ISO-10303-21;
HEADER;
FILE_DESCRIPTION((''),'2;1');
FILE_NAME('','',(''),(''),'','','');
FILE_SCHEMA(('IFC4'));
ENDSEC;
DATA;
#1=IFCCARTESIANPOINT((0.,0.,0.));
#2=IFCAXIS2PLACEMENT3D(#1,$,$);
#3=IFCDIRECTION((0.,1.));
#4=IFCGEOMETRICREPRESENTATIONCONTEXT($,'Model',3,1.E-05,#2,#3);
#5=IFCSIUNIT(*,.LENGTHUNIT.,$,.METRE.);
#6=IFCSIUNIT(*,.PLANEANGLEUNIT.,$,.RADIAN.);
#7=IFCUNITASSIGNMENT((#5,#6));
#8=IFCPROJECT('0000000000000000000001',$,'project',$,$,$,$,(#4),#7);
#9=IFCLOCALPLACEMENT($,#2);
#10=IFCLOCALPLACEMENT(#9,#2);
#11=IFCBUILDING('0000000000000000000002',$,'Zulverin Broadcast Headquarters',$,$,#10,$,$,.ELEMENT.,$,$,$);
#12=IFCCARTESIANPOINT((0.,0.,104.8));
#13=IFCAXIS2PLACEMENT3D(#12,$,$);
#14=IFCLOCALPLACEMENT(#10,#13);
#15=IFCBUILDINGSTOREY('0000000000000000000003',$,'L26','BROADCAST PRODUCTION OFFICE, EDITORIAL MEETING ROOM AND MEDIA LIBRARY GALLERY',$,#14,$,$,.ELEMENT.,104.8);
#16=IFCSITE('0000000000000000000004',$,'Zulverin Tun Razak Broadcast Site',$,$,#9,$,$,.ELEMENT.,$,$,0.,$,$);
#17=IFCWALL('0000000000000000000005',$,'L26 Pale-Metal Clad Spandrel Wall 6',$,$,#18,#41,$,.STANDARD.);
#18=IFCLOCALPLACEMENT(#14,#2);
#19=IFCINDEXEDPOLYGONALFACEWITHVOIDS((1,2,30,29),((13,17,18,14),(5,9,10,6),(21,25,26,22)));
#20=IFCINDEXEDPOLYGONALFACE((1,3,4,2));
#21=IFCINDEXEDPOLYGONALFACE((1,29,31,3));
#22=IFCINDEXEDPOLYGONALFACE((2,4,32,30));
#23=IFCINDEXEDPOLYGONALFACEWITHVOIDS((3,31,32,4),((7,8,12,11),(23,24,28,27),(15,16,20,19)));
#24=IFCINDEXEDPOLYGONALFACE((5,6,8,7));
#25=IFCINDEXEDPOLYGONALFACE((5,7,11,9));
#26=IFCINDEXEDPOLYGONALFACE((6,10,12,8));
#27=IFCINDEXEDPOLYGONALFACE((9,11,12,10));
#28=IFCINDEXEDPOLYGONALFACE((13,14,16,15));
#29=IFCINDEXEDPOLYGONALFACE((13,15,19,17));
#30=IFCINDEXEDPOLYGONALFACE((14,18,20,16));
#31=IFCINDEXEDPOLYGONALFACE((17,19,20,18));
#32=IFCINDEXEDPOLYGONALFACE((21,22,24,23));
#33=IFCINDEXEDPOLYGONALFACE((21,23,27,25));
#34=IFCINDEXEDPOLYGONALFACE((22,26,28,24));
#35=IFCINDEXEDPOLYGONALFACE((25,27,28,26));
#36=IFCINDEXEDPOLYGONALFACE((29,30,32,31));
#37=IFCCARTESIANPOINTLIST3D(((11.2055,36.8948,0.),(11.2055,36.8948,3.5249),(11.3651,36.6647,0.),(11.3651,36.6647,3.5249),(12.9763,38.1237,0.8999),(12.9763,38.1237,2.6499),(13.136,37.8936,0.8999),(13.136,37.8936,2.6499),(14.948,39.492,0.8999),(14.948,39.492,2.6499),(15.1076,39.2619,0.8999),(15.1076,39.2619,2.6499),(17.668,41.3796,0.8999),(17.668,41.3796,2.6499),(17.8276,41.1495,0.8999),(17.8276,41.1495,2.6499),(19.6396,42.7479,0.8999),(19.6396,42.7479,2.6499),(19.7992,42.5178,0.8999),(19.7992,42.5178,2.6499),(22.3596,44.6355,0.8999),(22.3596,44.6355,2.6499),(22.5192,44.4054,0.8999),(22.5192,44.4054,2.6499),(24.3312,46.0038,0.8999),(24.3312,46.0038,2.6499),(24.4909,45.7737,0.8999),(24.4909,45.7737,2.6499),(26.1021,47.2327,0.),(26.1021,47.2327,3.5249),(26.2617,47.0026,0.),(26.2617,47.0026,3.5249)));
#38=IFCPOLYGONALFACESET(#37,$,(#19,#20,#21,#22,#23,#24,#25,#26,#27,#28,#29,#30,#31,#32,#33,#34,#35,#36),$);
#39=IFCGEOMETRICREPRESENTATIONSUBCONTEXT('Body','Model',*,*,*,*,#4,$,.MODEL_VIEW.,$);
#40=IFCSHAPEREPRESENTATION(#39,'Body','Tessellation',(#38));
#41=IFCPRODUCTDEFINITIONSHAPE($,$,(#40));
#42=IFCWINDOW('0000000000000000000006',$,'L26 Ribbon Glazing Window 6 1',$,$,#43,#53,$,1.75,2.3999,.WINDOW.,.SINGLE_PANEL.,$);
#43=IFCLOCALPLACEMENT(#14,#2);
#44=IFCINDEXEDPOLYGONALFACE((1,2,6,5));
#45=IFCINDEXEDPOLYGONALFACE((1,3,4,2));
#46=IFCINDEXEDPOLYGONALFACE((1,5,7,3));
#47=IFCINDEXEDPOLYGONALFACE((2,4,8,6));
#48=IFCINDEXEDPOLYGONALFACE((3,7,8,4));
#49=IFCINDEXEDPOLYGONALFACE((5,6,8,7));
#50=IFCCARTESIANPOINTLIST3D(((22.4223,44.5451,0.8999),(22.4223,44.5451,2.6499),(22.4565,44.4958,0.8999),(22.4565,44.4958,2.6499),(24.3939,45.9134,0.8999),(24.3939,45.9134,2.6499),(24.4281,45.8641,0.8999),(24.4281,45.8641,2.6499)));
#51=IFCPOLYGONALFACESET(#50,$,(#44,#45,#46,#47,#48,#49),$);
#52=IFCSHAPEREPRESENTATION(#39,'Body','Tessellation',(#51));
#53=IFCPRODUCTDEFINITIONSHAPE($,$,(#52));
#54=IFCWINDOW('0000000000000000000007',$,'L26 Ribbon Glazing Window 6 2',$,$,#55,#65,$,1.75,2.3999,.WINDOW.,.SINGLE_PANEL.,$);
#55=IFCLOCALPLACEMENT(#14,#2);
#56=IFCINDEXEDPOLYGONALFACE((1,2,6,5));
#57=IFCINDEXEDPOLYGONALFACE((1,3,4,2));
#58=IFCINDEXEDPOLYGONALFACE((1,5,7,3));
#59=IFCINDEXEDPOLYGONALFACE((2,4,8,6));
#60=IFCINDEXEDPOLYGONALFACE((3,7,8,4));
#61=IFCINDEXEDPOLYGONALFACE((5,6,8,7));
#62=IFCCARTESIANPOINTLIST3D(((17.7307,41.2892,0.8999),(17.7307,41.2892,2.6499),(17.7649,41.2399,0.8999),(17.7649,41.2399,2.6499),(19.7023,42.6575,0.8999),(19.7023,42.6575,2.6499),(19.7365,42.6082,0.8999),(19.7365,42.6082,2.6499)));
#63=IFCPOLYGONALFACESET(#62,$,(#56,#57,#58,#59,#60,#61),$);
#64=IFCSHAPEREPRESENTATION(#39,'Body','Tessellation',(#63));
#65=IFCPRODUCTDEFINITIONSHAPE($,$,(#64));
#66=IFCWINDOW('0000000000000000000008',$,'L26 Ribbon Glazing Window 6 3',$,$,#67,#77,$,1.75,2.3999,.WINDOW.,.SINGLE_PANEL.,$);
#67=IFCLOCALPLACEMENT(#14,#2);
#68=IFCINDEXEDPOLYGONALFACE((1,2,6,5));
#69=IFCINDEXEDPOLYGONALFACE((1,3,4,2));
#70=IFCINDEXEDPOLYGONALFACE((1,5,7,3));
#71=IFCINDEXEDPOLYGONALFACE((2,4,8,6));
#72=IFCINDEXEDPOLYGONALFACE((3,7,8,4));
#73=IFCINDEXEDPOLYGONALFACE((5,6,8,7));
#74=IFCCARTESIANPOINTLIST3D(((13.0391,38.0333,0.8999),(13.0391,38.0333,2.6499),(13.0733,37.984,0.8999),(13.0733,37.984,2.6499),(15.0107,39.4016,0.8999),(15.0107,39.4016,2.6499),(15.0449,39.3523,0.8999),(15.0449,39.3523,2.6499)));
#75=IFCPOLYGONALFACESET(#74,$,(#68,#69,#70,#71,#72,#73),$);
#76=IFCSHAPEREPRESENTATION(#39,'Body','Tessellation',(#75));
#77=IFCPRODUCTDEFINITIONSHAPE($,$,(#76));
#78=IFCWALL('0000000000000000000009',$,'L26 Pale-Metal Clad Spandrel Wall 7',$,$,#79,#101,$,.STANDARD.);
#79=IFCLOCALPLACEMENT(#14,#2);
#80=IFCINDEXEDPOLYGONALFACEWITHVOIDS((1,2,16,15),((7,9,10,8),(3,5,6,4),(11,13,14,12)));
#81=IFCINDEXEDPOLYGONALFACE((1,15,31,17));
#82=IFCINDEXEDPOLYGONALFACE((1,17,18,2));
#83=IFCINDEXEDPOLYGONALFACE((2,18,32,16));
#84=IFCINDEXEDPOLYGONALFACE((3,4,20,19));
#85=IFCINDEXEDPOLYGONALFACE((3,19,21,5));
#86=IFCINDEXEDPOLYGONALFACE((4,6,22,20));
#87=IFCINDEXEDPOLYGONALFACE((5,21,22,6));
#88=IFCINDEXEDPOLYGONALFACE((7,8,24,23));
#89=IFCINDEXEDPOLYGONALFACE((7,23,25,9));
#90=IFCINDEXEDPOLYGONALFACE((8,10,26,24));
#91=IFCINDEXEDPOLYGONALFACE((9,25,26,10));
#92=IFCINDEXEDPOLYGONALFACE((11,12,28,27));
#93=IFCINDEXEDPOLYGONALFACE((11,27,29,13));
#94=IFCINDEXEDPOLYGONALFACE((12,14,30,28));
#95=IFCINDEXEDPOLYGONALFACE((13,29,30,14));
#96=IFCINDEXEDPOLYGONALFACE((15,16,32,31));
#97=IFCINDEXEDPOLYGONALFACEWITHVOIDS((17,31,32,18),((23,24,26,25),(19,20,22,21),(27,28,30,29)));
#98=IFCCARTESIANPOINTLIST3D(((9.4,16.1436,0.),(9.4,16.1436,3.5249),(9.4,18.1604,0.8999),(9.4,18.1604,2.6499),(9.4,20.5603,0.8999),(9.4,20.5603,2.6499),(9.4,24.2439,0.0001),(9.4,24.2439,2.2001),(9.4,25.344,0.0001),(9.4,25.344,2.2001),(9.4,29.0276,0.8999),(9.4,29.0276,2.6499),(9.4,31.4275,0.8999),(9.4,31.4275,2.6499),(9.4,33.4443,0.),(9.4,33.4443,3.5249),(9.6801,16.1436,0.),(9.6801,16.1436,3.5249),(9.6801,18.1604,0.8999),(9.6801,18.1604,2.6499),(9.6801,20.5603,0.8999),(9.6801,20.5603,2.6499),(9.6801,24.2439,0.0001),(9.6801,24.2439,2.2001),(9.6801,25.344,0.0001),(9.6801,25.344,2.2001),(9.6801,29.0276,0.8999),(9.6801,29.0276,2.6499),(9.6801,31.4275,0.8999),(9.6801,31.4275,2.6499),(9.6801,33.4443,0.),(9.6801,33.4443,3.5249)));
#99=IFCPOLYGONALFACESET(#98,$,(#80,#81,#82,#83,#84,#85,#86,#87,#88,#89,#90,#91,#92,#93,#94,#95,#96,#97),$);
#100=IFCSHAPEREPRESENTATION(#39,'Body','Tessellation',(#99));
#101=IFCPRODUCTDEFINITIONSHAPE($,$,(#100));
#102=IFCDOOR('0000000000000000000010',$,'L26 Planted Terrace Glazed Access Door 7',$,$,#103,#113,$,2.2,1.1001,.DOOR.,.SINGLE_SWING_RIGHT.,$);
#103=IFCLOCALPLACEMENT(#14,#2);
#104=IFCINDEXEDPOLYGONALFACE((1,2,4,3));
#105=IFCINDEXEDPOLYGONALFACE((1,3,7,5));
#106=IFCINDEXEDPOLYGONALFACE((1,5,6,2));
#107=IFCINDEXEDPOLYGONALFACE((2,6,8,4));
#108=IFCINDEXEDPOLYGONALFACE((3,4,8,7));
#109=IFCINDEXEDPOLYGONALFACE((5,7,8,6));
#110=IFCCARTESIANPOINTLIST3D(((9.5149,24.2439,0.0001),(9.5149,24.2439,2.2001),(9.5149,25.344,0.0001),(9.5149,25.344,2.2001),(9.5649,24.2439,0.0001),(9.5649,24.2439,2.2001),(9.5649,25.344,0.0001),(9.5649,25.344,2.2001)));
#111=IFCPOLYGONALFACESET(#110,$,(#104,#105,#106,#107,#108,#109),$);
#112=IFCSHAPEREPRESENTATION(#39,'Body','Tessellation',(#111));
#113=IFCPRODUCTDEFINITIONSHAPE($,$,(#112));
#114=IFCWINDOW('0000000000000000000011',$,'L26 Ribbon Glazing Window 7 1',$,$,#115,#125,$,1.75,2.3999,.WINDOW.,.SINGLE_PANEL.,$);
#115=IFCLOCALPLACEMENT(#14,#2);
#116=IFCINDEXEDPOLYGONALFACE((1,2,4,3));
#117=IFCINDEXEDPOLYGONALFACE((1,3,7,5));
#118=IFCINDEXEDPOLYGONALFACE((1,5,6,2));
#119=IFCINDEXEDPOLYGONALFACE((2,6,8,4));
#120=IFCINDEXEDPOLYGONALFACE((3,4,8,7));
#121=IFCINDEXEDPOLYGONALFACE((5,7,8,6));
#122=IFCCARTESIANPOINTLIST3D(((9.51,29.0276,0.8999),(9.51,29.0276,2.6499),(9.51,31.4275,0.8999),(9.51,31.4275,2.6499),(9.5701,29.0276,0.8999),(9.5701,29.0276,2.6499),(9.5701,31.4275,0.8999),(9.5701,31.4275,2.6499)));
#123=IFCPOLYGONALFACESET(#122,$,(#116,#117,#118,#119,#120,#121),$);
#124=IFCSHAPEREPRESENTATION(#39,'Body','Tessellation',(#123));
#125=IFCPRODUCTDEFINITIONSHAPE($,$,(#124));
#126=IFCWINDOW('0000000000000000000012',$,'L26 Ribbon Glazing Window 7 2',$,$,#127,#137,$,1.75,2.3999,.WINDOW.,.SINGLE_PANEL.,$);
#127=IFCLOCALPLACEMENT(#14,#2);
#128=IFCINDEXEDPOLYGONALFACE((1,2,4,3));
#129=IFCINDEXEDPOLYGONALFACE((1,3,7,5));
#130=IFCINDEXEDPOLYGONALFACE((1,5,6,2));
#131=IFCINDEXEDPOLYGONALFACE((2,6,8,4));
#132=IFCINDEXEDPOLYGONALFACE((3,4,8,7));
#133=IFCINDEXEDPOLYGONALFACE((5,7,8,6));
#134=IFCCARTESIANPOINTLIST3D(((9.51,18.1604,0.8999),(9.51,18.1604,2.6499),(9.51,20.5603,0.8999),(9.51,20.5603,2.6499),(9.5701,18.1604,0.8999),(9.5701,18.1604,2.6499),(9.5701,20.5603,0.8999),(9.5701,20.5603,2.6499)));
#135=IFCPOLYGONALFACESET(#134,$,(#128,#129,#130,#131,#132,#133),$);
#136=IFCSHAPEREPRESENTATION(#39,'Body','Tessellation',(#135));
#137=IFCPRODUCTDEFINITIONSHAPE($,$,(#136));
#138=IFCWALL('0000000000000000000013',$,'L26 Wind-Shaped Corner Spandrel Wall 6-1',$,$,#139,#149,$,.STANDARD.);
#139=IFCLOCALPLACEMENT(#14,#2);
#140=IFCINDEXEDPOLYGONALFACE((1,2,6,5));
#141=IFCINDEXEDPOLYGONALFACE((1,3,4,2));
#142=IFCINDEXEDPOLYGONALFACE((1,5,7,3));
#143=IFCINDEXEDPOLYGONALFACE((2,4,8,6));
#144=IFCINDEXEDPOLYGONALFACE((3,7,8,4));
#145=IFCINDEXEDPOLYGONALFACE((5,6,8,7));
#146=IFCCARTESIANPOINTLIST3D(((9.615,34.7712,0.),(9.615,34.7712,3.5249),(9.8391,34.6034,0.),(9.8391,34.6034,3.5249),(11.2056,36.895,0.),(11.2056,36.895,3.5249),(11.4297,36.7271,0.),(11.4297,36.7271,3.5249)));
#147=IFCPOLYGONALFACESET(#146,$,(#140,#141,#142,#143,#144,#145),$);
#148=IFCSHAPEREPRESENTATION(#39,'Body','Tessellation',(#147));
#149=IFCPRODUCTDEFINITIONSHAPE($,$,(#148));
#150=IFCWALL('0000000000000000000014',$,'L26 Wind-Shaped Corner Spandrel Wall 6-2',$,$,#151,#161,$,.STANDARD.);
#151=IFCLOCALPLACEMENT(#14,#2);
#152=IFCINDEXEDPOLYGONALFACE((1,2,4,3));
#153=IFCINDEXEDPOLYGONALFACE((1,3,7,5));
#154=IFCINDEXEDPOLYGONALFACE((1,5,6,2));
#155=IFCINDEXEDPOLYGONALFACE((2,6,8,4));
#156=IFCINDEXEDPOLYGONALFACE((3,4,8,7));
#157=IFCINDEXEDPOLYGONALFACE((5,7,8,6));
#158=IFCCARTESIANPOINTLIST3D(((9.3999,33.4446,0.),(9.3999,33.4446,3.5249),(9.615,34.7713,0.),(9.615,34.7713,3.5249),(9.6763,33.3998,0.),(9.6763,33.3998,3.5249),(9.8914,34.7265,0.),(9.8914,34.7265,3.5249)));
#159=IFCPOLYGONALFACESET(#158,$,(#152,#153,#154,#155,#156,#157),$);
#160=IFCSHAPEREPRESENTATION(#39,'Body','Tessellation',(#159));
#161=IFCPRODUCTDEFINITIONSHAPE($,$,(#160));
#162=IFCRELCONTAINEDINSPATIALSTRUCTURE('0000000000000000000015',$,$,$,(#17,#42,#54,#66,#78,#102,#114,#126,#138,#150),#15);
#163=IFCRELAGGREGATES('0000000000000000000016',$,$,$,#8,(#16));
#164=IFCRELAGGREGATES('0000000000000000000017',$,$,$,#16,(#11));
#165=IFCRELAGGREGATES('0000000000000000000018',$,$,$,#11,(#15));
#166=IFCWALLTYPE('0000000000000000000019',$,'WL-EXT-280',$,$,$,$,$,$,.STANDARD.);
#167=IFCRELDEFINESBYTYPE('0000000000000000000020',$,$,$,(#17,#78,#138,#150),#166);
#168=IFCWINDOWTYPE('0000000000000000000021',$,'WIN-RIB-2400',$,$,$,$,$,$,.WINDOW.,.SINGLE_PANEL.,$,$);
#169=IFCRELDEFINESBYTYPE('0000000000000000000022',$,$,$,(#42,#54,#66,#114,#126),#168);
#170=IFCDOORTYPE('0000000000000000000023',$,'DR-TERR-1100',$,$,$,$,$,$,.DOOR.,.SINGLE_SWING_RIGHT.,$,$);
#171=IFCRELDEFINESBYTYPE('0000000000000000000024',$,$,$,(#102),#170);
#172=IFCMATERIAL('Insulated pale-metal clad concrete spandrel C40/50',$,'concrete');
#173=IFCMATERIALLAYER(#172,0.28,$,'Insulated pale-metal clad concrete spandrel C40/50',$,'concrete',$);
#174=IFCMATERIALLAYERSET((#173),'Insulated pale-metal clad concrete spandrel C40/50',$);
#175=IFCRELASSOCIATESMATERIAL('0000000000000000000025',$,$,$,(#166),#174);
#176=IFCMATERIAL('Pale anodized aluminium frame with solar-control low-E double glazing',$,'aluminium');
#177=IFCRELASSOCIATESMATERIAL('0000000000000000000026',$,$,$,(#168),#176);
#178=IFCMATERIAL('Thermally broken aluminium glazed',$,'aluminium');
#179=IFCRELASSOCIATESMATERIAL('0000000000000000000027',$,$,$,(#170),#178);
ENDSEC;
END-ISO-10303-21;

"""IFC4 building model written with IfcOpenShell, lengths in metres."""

from ifc_helpers import new_model, si_unit, direction, frame, frame_2d, origin, place, context, subcontext, project, spatial, rectangle, extrude, material, layer, layer_set, type_object, element, fill, save


model = new_model("IFC4")

# Units and contexts
model_context = context("Model", 3, precision=1e-05, world=origin(), true_north=direction((0.0, 1.0)))
body_context = subcontext(model_context, "Body", "Model", "MODEL_VIEW")
ifc_project = project(units=[si_unit("LENGTHUNIT", "METRE"), si_unit("PLANEANGLEUNIT", "RADIAN")], contexts=[model_context])

# Site, building, storey
site_placement = place(None, origin())
site = spatial("IfcSite", under=ifc_project, at=site_placement, Name="Zulverin Tun Razak Broadcast Site", CompositionType="ELEMENT", RefElevation=0.0)
building_placement = place(site_placement, origin())
building = spatial("IfcBuilding", under=site, at=building_placement, Name="Zulverin Broadcast Headquarters", CompositionType="ELEMENT")
storey_placement = place(building_placement, frame((0.0, 0.0, 104.8)))
storey = spatial("IfcBuildingStorey", under=building, at=storey_placement, Name="L26", Description="BROADCAST PRODUCTION OFFICE, EDITORIAL MEETING ROOM AND MEDIA LIBRARY GALLERY", CompositionType="ELEMENT", Elevation=104.8)

# Wall, openings, windows
ifc_material_1 = material(Name="Insulated pale-metal clad concrete spandrel C40/50", Category="concrete")
ifc_layer_1 = layer(ifc_material_1, 0.28, Name="Insulated pale-metal clad concrete spandrel C40/50", Category="concrete")
ifc_layer_set_1 = layer_set([ifc_layer_1], Name="Insulated pale-metal clad concrete spandrel C40/50")
wall_type_1 = type_object("IfcWallType", Name="WL-EXT-280", PredefinedType="STANDARD", material=ifc_layer_set_1)
wall_1_placement = place(storey_placement, frame((26.1819, 47.1177, 0.0), z_axis=(0.0, 0.0, 1.0), x_axis=(-0.821548, -0.570139, 0.0)))
wall_1 = element("IfcWall", 1, at=wall_1_placement, inside=storey, type_object=wall_type_1, Name="L26 Pale-Metal Clad Spandrel Wall 6", PredefinedType="STANDARD", context=body_context, shape_type="SweptSolid", body=[
    extrude(rectangle(XDim=18.1323, YDim=0.28, at=frame_2d((9.0662, 0.0))), origin(), (0.0, 0.0, 1.0), 3.5249),
])
opening_1_placement = place(wall_1_placement, frame((2.1555, 0.0, 0.8999)))
opening_1 = element("IfcOpeningElement", 2, at=opening_1_placement, cuts=wall_1, PredefinedType="OPENING", context=body_context, shape_type="SweptSolid", body=[
    extrude(rectangle(XDim=2.3999, YDim=1.75, at=frame_2d((1.2, 0.875))), frame((0.0, 0.1499, 0.0), z_axis=(0.0, -1.0, 0.0), x_axis=(1.0, 0.0, 0.0)), (0.0, 0.0, 1.0), 0.3),
])
opening_2_placement = place(wall_1_placement, frame((7.8662, 0.0, 0.8999)))
opening_2 = element("IfcOpeningElement", 3, at=opening_2_placement, cuts=wall_1, PredefinedType="OPENING", context=body_context, shape_type="SweptSolid", body=[
    extrude(rectangle(XDim=2.3999, YDim=1.75, at=frame_2d((1.2, 0.875))), frame((0.0, 0.1499, 0.0), z_axis=(0.0, -1.0, 0.0), x_axis=(1.0, 0.0, 0.0)), (0.0, 0.0, 1.0), 0.3),
])
opening_3_placement = place(wall_1_placement, frame((13.5769, 0.0, 0.8999)))
opening_3 = element("IfcOpeningElement", 4, at=opening_3_placement, cuts=wall_1, PredefinedType="OPENING", context=body_context, shape_type="SweptSolid", body=[
    extrude(rectangle(XDim=2.3999, YDim=1.75, at=frame_2d((1.2, 0.875))), frame((0.0, 0.1499, 0.0), z_axis=(0.0, -1.0, 0.0), x_axis=(1.0, 0.0, 0.0)), (0.0, 0.0, 1.0), 0.3),
])
ifc_material_2 = material(Name="Pale anodized aluminium frame with solar-control low-E double glazing", Category="aluminium")
window_type = type_object("IfcWindowType", Name="WIN-RIB-2400", PartitioningType="SINGLE_PANEL", PredefinedType="WINDOW", material=ifc_material_2)
window_1_placement = place(opening_1_placement, origin())
window_1 = element("IfcWindow", 5, at=window_1_placement, inside=storey, type_object=window_type, Name="L26 Ribbon Glazing Window 6 1", OverallHeight=1.75, OverallWidth=2.3999, PartitioningType="SINGLE_PANEL", PredefinedType="WINDOW", context=body_context, shape_type="SweptSolid", body=[
    extrude(rectangle(XDim=2.3999, YDim=1.75, at=frame_2d((1.2, 0.875))), frame((0.0, 0.03, 0.0), z_axis=(0.0, -1.0, 0.0), x_axis=(1.0, 0.0, 0.0)), (0.0, 0.0, 1.0), 0.0601),
])
fill(opening_1, window_1)
window_2_placement = place(opening_2_placement, origin())
window_2 = element("IfcWindow", 6, at=window_2_placement, inside=storey, type_object=window_type, Name="L26 Ribbon Glazing Window 6 2", OverallHeight=1.75, OverallWidth=2.3999, PartitioningType="SINGLE_PANEL", PredefinedType="WINDOW", context=body_context, shape_type="SweptSolid", body=[
    extrude(rectangle(XDim=2.3999, YDim=1.75, at=frame_2d((1.2, 0.875))), frame((0.0, 0.03, 0.0), z_axis=(0.0, -1.0, 0.0), x_axis=(1.0, 0.0, 0.0)), (0.0, 0.0, 1.0), 0.0601),
])
fill(opening_2, window_2)
window_3_placement = place(opening_3_placement, origin())
window_3 = element("IfcWindow", 7, at=window_3_placement, inside=storey, type_object=window_type, Name="L26 Ribbon Glazing Window 6 3", OverallHeight=1.75, OverallWidth=2.3999, PartitioningType="SINGLE_PANEL", PredefinedType="WINDOW", context=body_context, shape_type="SweptSolid", body=[
    extrude(rectangle(XDim=2.3999, YDim=1.75, at=frame_2d((1.2, 0.875))), frame((0.0, 0.03, 0.0), z_axis=(0.0, -1.0, 0.0), x_axis=(1.0, 0.0, 0.0)), (0.0, 0.0, 1.0), 0.0601),
])
fill(opening_3, window_3)

# Wall, openings, door, windows
wall_2_placement = place(storey_placement, frame((9.54, 33.4443, 0.0), z_axis=(0.0, 0.0, 1.0), x_axis=(0.0, -1.0, 0.0)))
wall_2 = element("IfcWall", 8, at=wall_2_placement, inside=storey, type_object=wall_type_1, Name="L26 Pale-Metal Clad Spandrel Wall 7", PredefinedType="STANDARD", context=body_context, shape_type="SweptSolid", body=[
    extrude(rectangle(XDim=17.3008, YDim=0.28, at=frame_2d((8.6504, 0.0))), origin(), (0.0, 0.0, 1.0), 3.5249),
])
opening_4_placement = place(wall_2_placement, frame((8.1003, 0.0, 0.0)))
opening_4 = element("IfcOpeningElement", 9, at=opening_4_placement, cuts=wall_2, PredefinedType="OPENING", context=body_context, shape_type="SweptSolid", body=[
    extrude(rectangle(XDim=1.1001, YDim=2.2, at=frame_2d((0.55, 1.1001))), frame((0.0, 0.1499, 0.0), z_axis=(0.0, -1.0, 0.0), x_axis=(1.0, 0.0, 0.0)), (0.0, 0.0, 1.0), 0.3),
])
opening_5_placement = place(wall_2_placement, frame((2.0168, 0.0, 0.8999)))
opening_5 = element("IfcOpeningElement", 10, at=opening_5_placement, cuts=wall_2, PredefinedType="OPENING", context=body_context, shape_type="SweptSolid", body=[
    extrude(rectangle(XDim=2.3999, YDim=1.75, at=frame_2d((1.2, 0.875))), frame((0.0, 0.1499, 0.0), z_axis=(0.0, -1.0, 0.0), x_axis=(1.0, 0.0, 0.0)), (0.0, 0.0, 1.0), 0.3),
])
opening_6_placement = place(wall_2_placement, frame((12.884, 0.0, 0.8999)))
opening_6 = element("IfcOpeningElement", 11, at=opening_6_placement, cuts=wall_2, PredefinedType="OPENING", context=body_context, shape_type="SweptSolid", body=[
    extrude(rectangle(XDim=2.3999, YDim=1.75, at=frame_2d((1.2, 0.875))), frame((0.0, 0.1499, 0.0), z_axis=(0.0, -1.0, 0.0), x_axis=(1.0, 0.0, 0.0)), (0.0, 0.0, 1.0), 0.3),
])
ifc_material_3 = material(Name="Thermally broken aluminium glazed", Category="aluminium")
door_type_1 = type_object("IfcDoorType", Name="DR-TERR-1100", OperationType="SINGLE_SWING_RIGHT", PredefinedType="DOOR", material=ifc_material_3)
door_1_placement = place(opening_4_placement, origin())
door_1 = element("IfcDoor", 12, at=door_1_placement, inside=storey, type_object=door_type_1, Name="L26 Planted Terrace Glazed Access Door 7", OperationType="SINGLE_SWING_RIGHT", OverallHeight=2.2, OverallWidth=1.1001, PredefinedType="DOOR", context=body_context, shape_type="SweptSolid", body=[
    extrude(rectangle(XDim=1.1001, YDim=2.2, at=frame_2d((0.55, 1.1001))), frame((0.0, 0.0249, 0.0), z_axis=(0.0, -1.0, 0.0), x_axis=(1.0, 0.0, 0.0)), (0.0, 0.0, 1.0), 0.05),
])
fill(opening_4, door_1)
window_4_placement = place(opening_5_placement, origin())
window_4 = element("IfcWindow", 13, at=window_4_placement, inside=storey, type_object=window_type, Name="L26 Ribbon Glazing Window 7 1", OverallHeight=1.75, OverallWidth=2.3999, PartitioningType="SINGLE_PANEL", PredefinedType="WINDOW", context=body_context, shape_type="SweptSolid", body=[
    extrude(rectangle(XDim=2.3999, YDim=1.75, at=frame_2d((1.2, 0.875))), frame((0.0, 0.03, 0.0), z_axis=(0.0, -1.0, 0.0), x_axis=(1.0, 0.0, 0.0)), (0.0, 0.0, 1.0), 0.0601),
])
fill(opening_5, window_4)
window_5_placement = place(opening_6_placement, origin())
window_5 = element("IfcWindow", 14, at=window_5_placement, inside=storey, type_object=window_type, Name="L26 Ribbon Glazing Window 7 2", OverallHeight=1.75, OverallWidth=2.3999, PartitioningType="SINGLE_PANEL", PredefinedType="WINDOW", context=body_context, shape_type="SweptSolid", body=[
    extrude(rectangle(XDim=2.3999, YDim=1.75, at=frame_2d((1.2, 0.875))), frame((0.0, 0.03, 0.0), z_axis=(0.0, -1.0, 0.0), x_axis=(1.0, 0.0, 0.0)), (0.0, 0.0, 1.0), 0.0601),
])
fill(opening_6, window_5)

# Walls
wall_3_placement = place(storey_placement, frame((11.3176, 36.811, 0.0), z_axis=(0.0, 0.0, 1.0), x_axis=(-0.599455, -0.800408, 0.0)))
element("IfcWall", 15, at=wall_3_placement, inside=storey, type_object=wall_type_1, Name="L26 Wind-Shaped Corner Spandrel Wall 6-1", PredefinedType="STANDARD", context=body_context, shape_type="SweptSolid", body=[
    extrude(rectangle(XDim=2.6533, YDim=0.28, at=frame_2d((1.3267, 0.0))), origin(), (0.0, 0.0, 1.0), 3.5249),
])
wall_4_placement = place(storey_placement, frame((9.7532, 34.7488, 0.0), z_axis=(0.0, 0.0, 1.0), x_axis=(-0.160038, -0.987111, 0.0)))
element("IfcWall", 16, at=wall_4_placement, inside=storey, type_object=wall_type_1, Name="L26 Wind-Shaped Corner Spandrel Wall 6-2", PredefinedType="STANDARD", context=body_context, shape_type="SweptSolid", body=[
    extrude(rectangle(XDim=1.344, YDim=0.28, at=frame_2d((0.6719, 0.0))), origin(), (0.0, 0.0, 1.0), 3.5249),
])

save(model, "model.ifc")
